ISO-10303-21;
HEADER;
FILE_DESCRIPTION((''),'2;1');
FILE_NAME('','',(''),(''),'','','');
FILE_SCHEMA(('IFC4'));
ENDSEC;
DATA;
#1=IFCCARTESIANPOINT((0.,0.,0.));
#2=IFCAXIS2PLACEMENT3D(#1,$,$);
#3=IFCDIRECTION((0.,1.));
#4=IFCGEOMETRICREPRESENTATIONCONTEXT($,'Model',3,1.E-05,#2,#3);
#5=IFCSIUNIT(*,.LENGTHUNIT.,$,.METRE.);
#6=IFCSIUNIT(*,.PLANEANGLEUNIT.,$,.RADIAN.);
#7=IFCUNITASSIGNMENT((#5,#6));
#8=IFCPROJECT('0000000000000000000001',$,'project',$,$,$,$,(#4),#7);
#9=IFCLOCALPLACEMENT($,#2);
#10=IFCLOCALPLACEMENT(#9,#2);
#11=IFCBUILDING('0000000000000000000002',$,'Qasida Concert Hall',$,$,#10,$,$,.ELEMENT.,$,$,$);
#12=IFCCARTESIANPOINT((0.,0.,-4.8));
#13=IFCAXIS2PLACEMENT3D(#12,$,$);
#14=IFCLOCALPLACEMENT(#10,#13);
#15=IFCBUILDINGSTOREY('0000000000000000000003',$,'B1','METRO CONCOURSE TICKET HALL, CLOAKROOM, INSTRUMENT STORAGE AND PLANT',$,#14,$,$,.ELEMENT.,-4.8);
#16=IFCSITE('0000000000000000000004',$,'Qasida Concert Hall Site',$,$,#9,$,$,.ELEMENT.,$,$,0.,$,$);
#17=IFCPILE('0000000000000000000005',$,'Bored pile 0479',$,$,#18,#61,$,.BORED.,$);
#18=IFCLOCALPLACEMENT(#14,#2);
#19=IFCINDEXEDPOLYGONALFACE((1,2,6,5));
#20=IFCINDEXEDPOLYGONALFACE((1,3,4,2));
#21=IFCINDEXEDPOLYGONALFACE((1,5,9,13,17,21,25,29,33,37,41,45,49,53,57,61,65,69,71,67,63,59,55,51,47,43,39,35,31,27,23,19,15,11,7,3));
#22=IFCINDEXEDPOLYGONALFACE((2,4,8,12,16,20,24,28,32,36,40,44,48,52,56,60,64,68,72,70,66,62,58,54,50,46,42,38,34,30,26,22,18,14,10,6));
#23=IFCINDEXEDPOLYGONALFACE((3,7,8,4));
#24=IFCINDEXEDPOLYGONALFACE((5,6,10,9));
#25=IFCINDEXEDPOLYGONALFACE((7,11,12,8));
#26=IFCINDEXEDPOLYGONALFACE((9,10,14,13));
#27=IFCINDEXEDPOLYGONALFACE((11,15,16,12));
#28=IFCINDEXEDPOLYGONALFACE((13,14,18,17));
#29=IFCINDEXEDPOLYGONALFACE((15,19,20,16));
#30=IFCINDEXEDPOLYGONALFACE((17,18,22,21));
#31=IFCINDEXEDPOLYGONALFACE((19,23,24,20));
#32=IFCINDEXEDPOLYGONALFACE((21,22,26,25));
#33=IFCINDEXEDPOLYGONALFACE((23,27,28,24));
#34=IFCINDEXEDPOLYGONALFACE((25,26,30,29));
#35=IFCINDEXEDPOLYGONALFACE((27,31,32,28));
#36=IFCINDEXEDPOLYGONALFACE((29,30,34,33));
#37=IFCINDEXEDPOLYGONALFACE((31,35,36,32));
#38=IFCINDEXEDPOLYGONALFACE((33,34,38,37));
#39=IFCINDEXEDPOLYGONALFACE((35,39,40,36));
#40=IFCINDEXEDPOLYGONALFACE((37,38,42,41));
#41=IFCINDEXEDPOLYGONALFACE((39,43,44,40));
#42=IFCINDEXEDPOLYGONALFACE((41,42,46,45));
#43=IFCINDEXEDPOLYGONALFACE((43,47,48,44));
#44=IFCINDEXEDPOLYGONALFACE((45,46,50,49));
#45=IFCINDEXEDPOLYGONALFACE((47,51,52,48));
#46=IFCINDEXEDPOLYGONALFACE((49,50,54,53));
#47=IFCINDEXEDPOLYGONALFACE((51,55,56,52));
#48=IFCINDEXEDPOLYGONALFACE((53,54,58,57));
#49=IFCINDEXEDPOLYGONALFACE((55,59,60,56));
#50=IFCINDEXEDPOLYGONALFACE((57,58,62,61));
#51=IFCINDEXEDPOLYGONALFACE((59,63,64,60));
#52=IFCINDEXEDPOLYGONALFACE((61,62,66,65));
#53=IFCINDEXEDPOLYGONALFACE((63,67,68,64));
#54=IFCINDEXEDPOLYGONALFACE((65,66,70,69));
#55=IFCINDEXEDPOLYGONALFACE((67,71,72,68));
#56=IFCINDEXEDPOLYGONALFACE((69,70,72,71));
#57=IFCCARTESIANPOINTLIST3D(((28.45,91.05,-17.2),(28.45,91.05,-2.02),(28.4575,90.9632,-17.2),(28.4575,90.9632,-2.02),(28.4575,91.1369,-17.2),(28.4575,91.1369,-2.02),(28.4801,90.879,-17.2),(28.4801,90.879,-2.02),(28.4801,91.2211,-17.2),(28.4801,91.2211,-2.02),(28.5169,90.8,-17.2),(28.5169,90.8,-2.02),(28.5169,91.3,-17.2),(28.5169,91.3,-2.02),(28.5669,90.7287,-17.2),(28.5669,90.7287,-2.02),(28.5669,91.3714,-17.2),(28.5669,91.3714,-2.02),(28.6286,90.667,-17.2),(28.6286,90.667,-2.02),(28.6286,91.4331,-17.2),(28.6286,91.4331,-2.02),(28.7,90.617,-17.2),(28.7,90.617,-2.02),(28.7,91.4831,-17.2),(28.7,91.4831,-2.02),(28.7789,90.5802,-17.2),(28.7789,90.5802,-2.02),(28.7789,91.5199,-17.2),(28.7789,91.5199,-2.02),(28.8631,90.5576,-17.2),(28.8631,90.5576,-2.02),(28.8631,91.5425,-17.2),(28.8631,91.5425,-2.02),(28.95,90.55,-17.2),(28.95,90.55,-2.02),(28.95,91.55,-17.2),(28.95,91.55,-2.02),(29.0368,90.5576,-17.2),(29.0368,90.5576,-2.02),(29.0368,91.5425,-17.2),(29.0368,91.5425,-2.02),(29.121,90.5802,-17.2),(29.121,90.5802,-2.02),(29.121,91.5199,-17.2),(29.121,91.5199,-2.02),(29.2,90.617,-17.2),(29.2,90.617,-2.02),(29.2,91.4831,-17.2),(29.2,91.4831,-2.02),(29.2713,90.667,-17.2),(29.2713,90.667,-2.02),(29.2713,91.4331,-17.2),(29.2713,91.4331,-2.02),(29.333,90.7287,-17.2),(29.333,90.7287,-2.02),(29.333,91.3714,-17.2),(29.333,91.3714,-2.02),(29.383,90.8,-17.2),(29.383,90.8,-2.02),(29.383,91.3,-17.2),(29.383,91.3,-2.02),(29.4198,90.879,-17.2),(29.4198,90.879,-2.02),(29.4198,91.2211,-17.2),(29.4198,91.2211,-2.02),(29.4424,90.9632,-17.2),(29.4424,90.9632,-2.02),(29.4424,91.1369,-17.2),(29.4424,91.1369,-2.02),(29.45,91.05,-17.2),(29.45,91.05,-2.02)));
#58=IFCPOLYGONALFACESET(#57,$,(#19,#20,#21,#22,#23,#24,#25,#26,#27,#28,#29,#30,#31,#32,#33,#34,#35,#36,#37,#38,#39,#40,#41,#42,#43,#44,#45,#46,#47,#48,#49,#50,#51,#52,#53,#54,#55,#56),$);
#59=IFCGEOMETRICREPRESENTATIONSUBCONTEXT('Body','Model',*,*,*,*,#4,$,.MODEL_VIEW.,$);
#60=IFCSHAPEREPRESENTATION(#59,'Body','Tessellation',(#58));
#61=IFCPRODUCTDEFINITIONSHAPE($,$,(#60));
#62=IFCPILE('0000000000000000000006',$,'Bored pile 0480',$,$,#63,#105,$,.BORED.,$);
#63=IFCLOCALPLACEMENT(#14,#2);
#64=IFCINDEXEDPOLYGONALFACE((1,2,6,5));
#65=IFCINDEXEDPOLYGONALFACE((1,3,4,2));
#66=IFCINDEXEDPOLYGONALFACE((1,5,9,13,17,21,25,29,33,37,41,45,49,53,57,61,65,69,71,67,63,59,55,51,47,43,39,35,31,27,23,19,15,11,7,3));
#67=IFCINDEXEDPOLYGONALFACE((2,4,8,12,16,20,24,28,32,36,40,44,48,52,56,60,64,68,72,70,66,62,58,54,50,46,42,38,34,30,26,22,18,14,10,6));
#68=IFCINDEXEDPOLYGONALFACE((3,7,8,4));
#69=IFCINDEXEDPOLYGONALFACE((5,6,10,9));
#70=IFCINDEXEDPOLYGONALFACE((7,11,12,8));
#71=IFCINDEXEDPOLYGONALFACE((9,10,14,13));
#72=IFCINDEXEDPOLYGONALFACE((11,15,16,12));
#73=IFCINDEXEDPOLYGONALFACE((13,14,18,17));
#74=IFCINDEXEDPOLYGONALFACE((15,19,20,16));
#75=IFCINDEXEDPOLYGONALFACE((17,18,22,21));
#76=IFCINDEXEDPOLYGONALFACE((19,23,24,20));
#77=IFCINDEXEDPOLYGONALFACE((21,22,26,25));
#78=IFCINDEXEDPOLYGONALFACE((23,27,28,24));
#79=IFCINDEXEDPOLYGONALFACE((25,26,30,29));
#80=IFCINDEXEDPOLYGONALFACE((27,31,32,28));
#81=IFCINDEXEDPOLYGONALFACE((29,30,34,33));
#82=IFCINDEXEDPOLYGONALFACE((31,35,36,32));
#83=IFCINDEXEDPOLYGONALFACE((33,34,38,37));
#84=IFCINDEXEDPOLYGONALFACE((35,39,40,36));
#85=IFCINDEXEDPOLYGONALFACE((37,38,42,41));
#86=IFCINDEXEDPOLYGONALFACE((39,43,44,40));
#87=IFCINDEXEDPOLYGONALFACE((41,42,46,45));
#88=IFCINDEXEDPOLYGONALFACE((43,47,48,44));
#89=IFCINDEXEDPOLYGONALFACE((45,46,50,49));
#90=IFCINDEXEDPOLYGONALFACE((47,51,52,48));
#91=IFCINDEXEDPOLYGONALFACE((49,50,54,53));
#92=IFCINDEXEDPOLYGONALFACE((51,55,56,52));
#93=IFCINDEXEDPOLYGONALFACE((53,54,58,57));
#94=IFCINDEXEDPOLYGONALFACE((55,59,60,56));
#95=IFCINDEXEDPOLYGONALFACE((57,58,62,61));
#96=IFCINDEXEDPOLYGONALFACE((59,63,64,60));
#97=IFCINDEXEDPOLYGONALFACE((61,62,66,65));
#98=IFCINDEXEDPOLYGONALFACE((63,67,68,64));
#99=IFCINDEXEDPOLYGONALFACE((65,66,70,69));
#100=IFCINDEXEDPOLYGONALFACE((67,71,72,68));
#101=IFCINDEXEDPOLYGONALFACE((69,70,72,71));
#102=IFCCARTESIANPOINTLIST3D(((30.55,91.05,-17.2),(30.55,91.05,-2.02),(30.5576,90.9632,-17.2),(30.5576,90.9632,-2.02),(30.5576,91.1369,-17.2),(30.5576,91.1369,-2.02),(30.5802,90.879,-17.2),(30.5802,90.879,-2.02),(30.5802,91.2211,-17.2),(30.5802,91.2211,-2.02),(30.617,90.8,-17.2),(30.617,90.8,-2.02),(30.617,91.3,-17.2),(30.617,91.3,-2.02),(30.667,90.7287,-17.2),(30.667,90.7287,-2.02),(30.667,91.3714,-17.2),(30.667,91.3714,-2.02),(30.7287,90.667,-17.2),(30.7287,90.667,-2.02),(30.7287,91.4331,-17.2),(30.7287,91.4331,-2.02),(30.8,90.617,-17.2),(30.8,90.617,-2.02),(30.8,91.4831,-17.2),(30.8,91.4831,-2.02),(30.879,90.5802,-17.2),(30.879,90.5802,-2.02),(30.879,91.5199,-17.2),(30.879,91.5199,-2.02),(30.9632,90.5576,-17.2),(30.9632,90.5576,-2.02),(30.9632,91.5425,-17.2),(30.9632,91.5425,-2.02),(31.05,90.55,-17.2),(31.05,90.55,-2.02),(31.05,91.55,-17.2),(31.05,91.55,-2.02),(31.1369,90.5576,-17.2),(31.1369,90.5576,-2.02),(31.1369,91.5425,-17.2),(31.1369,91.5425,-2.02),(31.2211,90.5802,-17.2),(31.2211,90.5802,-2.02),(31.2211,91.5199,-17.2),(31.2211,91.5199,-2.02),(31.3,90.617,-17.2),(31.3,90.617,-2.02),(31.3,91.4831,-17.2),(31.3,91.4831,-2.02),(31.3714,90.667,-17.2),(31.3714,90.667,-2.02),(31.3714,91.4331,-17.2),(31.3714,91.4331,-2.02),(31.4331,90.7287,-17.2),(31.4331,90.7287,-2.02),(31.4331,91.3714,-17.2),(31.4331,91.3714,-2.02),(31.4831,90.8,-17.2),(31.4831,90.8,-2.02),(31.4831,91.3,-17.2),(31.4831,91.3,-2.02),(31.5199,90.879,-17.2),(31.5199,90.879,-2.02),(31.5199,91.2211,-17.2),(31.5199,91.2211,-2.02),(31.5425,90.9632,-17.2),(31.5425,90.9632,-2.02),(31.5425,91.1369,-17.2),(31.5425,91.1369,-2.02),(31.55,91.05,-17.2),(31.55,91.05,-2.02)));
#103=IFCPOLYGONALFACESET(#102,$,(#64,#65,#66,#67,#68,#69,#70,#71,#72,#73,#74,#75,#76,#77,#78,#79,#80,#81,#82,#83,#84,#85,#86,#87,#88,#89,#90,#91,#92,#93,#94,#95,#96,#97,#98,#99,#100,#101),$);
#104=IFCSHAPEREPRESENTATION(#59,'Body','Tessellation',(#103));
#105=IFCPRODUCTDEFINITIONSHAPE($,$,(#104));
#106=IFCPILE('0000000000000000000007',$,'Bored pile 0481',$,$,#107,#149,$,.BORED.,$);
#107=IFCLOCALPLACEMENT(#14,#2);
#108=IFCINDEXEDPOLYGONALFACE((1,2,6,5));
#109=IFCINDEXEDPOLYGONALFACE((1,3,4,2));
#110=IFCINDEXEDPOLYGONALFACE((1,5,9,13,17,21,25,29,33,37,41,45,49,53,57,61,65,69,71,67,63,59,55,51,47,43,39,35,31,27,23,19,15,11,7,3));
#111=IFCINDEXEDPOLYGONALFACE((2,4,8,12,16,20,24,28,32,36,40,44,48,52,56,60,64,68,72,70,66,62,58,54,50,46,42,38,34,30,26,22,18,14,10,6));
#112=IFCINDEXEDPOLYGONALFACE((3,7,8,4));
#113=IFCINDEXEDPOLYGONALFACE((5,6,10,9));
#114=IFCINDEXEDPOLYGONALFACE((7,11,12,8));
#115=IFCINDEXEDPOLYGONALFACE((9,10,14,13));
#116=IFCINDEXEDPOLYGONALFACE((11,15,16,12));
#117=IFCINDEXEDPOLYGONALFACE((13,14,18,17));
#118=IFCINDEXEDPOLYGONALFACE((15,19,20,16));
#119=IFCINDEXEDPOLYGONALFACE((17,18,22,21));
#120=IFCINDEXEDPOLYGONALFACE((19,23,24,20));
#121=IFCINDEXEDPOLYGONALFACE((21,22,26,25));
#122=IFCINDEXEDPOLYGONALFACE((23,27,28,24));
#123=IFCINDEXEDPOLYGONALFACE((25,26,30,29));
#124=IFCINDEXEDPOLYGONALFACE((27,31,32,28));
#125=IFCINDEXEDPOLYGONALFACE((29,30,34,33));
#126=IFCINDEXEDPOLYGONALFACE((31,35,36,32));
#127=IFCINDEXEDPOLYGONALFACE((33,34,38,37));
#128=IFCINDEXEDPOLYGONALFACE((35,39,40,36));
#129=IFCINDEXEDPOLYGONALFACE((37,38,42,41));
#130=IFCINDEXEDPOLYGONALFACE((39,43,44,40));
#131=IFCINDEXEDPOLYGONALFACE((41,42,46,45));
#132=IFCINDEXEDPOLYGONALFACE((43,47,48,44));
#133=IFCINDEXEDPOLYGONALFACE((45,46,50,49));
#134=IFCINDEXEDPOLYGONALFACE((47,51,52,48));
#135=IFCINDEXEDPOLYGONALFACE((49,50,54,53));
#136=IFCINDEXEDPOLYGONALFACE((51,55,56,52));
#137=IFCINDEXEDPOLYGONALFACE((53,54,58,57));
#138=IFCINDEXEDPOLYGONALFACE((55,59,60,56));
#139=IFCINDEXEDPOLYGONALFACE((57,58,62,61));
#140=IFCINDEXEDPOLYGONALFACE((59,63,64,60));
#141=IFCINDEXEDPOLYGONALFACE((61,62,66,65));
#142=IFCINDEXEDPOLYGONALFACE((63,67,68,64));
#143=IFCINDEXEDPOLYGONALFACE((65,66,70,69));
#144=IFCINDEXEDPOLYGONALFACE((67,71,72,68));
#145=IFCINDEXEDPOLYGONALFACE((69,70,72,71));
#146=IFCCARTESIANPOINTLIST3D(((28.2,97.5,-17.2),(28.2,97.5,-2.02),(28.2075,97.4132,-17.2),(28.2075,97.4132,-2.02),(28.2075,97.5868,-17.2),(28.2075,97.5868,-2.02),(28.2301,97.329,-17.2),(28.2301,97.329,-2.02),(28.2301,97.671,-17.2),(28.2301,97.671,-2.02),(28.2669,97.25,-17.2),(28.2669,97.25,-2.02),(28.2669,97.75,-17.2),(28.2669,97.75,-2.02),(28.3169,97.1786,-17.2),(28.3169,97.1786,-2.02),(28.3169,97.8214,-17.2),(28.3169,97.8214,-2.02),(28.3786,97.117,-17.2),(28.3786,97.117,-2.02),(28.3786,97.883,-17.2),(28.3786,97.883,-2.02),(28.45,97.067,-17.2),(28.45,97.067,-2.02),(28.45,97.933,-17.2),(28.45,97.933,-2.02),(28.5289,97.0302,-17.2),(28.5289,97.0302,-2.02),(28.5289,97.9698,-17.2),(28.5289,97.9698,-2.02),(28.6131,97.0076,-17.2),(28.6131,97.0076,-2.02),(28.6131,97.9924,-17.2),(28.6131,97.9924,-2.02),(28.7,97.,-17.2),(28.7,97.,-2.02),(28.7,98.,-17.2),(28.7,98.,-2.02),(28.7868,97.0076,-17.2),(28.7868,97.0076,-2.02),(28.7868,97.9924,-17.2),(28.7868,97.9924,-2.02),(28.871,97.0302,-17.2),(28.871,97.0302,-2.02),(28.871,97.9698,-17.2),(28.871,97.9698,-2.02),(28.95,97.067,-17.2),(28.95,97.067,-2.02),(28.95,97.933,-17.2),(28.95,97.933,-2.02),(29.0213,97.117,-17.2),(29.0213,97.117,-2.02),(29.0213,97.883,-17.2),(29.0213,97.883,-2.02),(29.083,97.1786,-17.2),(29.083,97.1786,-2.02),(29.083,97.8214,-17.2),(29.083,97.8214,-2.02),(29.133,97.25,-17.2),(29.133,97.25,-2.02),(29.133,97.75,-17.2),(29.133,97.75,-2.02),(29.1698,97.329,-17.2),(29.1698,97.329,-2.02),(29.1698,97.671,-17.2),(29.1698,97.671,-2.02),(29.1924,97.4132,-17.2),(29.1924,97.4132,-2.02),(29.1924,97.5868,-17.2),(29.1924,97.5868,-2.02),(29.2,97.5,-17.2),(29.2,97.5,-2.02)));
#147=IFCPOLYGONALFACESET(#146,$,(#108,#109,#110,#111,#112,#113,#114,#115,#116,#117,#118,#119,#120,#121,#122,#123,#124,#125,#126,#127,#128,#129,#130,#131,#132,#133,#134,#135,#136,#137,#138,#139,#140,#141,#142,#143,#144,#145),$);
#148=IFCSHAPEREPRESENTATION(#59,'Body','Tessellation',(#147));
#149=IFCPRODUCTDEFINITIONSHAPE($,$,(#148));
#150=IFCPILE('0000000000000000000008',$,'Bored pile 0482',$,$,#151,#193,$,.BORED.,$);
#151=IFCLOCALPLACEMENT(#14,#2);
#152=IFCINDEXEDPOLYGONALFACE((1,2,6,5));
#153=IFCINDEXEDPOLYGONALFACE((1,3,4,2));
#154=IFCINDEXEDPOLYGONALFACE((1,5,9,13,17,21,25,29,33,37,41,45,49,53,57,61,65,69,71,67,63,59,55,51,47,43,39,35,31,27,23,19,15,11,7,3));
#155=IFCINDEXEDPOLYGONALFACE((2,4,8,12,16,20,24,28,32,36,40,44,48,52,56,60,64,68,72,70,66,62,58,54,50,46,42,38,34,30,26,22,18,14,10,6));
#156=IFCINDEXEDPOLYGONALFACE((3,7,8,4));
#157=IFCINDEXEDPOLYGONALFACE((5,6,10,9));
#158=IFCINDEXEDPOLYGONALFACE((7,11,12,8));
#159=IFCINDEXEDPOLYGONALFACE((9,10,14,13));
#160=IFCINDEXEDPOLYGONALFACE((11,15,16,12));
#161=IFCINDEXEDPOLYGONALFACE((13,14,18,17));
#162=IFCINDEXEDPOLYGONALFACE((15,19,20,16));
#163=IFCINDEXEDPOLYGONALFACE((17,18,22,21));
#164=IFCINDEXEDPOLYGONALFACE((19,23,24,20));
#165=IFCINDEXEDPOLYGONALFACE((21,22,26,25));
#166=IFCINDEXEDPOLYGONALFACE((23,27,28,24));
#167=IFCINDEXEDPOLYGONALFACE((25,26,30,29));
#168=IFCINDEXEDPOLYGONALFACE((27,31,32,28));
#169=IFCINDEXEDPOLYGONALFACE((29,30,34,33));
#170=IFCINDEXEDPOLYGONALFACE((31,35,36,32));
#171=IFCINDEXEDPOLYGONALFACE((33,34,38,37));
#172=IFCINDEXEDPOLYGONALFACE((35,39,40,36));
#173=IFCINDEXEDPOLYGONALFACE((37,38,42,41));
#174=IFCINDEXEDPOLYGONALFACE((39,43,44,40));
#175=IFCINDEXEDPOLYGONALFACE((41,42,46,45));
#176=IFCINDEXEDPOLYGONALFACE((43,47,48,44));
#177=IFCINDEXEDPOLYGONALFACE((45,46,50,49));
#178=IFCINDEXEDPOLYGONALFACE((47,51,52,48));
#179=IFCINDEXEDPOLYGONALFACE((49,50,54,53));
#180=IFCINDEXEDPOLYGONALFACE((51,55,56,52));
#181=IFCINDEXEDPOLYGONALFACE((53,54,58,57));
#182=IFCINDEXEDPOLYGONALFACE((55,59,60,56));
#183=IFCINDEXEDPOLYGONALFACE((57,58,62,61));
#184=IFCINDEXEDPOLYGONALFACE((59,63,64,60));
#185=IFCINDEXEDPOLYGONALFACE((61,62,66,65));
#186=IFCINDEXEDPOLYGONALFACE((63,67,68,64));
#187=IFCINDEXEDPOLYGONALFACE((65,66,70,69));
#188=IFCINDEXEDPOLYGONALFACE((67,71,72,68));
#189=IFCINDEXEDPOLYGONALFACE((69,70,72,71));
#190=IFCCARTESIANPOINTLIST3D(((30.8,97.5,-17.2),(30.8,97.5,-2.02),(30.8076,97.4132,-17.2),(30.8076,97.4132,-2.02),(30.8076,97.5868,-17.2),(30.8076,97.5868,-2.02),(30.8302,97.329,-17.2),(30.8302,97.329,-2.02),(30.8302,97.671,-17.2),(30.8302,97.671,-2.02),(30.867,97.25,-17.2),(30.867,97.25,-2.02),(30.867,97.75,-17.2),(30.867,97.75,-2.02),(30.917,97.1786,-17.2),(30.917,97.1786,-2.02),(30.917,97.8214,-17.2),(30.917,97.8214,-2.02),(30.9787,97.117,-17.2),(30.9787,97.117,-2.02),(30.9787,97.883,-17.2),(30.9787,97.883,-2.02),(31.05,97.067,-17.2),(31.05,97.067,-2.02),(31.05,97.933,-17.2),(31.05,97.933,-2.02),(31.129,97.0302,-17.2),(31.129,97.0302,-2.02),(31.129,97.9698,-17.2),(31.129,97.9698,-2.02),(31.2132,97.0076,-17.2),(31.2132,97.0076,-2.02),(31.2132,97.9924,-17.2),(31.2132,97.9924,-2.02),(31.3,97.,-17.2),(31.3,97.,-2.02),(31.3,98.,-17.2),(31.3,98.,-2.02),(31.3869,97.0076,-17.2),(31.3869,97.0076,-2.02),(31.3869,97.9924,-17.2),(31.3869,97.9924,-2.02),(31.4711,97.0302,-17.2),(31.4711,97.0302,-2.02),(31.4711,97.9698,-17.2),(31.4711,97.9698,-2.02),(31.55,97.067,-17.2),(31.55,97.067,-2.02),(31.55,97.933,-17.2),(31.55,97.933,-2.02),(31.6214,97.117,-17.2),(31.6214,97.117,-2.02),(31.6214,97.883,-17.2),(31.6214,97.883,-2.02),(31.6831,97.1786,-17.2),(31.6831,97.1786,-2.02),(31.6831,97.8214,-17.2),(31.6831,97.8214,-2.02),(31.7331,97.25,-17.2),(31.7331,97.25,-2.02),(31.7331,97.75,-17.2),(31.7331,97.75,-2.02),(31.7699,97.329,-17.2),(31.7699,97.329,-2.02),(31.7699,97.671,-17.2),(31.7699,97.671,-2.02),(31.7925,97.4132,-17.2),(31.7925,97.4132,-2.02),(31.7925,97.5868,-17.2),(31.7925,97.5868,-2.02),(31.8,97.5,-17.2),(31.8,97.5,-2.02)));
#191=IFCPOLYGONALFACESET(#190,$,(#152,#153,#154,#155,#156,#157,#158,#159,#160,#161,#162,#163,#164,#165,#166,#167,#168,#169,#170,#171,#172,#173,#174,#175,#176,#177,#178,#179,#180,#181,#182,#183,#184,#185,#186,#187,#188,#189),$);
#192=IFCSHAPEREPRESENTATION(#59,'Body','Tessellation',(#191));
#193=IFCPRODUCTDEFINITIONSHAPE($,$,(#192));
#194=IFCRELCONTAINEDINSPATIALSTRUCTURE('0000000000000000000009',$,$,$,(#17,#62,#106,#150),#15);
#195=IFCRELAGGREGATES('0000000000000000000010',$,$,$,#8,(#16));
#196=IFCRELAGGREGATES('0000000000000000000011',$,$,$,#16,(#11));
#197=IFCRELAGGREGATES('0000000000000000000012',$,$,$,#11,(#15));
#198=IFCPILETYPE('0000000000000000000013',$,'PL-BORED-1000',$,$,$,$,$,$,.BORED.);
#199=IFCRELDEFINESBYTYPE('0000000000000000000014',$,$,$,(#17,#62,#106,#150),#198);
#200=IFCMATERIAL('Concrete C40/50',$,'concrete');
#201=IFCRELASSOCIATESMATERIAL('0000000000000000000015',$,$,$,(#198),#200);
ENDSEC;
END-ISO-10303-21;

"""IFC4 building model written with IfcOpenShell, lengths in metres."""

from ifc_helpers import new_model, si_unit, direction, frame, origin, origin_2d, place, context, subcontext, project, spatial, circle, extrude, material, material_profile, profile_set, type_object, element, save


model = new_model("IFC4")

# Units and contexts
model_context = context("Model", 3, precision=1e-05, world=origin(), true_north=direction((0.0, 1.0)))
body_context = subcontext(model_context, "Body", "Model", "MODEL_VIEW")
ifc_project = project(units=[si_unit("LENGTHUNIT", "METRE"), si_unit("PLANEANGLEUNIT", "RADIAN")], contexts=[model_context])

# Site, building, storey
site_placement = place(None, origin())
site = spatial("IfcSite", under=ifc_project, at=site_placement, Name="Qasida Concert Hall Site", CompositionType="ELEMENT", RefElevation=0.0)
building_placement = place(site_placement, origin())
building = spatial("IfcBuilding", under=site, at=building_placement, Name="Qasida Concert Hall", CompositionType="ELEMENT")
storey_placement = place(building_placement, frame((0.0, 0.0, -4.8)))
storey = spatial("IfcBuildingStorey", under=building, at=storey_placement, Name="B1", Description="METRO CONCOURSE TICKET HALL, CLOAKROOM, INSTRUMENT STORAGE AND PLANT", CompositionType="ELEMENT", Elevation=-4.8)

# Shared definitions
ifc_material_1 = material(Name="Concrete C40/50", Category="concrete")

# Piles
ifc_material_profile_1 = material_profile(ifc_material_1, circle(Radius=0.5, at=origin_2d()), Name="BORED PILE D1000")
ifc_profile_set_1 = profile_set([ifc_material_profile_1], Name="Concrete C40/50")
pile_type = type_object("IfcPileType", Name="PL-BORED-1000", PredefinedType="BORED", material=ifc_profile_set_1)
for number, where, z_axis, x_axis, name in (
    (1, (28.95, 91.05, -2.02), (0.0, 0.0, -1.0), (1.0, 0.0, 0.0), "Bored pile 0479"),
    (2, (31.05, 91.05, -2.02), (0.0, 0.0, -1.0), (1.0, 0.0, 0.0), "Bored pile 0480"),
    (3, (28.7, 97.5, -2.02), (0.0, 0.0, -1.0), (1.0, 0.0, 0.0), "Bored pile 0481"),
    (4, (31.3, 97.5, -2.02), (0.0, 0.0, -1.0), (1.0, 0.0, 0.0), "Bored pile 0482"),
):
    element("IfcPile", number, at=place(storey_placement, frame(where, z_axis=z_axis, x_axis=x_axis)), inside=storey, type_object=pile_type, Name=name, PredefinedType="BORED", context=body_context, shape_type="SweptSolid", body=[
        extrude(circle(Radius=0.5, at=origin_2d()), origin(), (0.0, 0.0, 1.0), 15.1799),
    ])

save(model, "model.ifc")
